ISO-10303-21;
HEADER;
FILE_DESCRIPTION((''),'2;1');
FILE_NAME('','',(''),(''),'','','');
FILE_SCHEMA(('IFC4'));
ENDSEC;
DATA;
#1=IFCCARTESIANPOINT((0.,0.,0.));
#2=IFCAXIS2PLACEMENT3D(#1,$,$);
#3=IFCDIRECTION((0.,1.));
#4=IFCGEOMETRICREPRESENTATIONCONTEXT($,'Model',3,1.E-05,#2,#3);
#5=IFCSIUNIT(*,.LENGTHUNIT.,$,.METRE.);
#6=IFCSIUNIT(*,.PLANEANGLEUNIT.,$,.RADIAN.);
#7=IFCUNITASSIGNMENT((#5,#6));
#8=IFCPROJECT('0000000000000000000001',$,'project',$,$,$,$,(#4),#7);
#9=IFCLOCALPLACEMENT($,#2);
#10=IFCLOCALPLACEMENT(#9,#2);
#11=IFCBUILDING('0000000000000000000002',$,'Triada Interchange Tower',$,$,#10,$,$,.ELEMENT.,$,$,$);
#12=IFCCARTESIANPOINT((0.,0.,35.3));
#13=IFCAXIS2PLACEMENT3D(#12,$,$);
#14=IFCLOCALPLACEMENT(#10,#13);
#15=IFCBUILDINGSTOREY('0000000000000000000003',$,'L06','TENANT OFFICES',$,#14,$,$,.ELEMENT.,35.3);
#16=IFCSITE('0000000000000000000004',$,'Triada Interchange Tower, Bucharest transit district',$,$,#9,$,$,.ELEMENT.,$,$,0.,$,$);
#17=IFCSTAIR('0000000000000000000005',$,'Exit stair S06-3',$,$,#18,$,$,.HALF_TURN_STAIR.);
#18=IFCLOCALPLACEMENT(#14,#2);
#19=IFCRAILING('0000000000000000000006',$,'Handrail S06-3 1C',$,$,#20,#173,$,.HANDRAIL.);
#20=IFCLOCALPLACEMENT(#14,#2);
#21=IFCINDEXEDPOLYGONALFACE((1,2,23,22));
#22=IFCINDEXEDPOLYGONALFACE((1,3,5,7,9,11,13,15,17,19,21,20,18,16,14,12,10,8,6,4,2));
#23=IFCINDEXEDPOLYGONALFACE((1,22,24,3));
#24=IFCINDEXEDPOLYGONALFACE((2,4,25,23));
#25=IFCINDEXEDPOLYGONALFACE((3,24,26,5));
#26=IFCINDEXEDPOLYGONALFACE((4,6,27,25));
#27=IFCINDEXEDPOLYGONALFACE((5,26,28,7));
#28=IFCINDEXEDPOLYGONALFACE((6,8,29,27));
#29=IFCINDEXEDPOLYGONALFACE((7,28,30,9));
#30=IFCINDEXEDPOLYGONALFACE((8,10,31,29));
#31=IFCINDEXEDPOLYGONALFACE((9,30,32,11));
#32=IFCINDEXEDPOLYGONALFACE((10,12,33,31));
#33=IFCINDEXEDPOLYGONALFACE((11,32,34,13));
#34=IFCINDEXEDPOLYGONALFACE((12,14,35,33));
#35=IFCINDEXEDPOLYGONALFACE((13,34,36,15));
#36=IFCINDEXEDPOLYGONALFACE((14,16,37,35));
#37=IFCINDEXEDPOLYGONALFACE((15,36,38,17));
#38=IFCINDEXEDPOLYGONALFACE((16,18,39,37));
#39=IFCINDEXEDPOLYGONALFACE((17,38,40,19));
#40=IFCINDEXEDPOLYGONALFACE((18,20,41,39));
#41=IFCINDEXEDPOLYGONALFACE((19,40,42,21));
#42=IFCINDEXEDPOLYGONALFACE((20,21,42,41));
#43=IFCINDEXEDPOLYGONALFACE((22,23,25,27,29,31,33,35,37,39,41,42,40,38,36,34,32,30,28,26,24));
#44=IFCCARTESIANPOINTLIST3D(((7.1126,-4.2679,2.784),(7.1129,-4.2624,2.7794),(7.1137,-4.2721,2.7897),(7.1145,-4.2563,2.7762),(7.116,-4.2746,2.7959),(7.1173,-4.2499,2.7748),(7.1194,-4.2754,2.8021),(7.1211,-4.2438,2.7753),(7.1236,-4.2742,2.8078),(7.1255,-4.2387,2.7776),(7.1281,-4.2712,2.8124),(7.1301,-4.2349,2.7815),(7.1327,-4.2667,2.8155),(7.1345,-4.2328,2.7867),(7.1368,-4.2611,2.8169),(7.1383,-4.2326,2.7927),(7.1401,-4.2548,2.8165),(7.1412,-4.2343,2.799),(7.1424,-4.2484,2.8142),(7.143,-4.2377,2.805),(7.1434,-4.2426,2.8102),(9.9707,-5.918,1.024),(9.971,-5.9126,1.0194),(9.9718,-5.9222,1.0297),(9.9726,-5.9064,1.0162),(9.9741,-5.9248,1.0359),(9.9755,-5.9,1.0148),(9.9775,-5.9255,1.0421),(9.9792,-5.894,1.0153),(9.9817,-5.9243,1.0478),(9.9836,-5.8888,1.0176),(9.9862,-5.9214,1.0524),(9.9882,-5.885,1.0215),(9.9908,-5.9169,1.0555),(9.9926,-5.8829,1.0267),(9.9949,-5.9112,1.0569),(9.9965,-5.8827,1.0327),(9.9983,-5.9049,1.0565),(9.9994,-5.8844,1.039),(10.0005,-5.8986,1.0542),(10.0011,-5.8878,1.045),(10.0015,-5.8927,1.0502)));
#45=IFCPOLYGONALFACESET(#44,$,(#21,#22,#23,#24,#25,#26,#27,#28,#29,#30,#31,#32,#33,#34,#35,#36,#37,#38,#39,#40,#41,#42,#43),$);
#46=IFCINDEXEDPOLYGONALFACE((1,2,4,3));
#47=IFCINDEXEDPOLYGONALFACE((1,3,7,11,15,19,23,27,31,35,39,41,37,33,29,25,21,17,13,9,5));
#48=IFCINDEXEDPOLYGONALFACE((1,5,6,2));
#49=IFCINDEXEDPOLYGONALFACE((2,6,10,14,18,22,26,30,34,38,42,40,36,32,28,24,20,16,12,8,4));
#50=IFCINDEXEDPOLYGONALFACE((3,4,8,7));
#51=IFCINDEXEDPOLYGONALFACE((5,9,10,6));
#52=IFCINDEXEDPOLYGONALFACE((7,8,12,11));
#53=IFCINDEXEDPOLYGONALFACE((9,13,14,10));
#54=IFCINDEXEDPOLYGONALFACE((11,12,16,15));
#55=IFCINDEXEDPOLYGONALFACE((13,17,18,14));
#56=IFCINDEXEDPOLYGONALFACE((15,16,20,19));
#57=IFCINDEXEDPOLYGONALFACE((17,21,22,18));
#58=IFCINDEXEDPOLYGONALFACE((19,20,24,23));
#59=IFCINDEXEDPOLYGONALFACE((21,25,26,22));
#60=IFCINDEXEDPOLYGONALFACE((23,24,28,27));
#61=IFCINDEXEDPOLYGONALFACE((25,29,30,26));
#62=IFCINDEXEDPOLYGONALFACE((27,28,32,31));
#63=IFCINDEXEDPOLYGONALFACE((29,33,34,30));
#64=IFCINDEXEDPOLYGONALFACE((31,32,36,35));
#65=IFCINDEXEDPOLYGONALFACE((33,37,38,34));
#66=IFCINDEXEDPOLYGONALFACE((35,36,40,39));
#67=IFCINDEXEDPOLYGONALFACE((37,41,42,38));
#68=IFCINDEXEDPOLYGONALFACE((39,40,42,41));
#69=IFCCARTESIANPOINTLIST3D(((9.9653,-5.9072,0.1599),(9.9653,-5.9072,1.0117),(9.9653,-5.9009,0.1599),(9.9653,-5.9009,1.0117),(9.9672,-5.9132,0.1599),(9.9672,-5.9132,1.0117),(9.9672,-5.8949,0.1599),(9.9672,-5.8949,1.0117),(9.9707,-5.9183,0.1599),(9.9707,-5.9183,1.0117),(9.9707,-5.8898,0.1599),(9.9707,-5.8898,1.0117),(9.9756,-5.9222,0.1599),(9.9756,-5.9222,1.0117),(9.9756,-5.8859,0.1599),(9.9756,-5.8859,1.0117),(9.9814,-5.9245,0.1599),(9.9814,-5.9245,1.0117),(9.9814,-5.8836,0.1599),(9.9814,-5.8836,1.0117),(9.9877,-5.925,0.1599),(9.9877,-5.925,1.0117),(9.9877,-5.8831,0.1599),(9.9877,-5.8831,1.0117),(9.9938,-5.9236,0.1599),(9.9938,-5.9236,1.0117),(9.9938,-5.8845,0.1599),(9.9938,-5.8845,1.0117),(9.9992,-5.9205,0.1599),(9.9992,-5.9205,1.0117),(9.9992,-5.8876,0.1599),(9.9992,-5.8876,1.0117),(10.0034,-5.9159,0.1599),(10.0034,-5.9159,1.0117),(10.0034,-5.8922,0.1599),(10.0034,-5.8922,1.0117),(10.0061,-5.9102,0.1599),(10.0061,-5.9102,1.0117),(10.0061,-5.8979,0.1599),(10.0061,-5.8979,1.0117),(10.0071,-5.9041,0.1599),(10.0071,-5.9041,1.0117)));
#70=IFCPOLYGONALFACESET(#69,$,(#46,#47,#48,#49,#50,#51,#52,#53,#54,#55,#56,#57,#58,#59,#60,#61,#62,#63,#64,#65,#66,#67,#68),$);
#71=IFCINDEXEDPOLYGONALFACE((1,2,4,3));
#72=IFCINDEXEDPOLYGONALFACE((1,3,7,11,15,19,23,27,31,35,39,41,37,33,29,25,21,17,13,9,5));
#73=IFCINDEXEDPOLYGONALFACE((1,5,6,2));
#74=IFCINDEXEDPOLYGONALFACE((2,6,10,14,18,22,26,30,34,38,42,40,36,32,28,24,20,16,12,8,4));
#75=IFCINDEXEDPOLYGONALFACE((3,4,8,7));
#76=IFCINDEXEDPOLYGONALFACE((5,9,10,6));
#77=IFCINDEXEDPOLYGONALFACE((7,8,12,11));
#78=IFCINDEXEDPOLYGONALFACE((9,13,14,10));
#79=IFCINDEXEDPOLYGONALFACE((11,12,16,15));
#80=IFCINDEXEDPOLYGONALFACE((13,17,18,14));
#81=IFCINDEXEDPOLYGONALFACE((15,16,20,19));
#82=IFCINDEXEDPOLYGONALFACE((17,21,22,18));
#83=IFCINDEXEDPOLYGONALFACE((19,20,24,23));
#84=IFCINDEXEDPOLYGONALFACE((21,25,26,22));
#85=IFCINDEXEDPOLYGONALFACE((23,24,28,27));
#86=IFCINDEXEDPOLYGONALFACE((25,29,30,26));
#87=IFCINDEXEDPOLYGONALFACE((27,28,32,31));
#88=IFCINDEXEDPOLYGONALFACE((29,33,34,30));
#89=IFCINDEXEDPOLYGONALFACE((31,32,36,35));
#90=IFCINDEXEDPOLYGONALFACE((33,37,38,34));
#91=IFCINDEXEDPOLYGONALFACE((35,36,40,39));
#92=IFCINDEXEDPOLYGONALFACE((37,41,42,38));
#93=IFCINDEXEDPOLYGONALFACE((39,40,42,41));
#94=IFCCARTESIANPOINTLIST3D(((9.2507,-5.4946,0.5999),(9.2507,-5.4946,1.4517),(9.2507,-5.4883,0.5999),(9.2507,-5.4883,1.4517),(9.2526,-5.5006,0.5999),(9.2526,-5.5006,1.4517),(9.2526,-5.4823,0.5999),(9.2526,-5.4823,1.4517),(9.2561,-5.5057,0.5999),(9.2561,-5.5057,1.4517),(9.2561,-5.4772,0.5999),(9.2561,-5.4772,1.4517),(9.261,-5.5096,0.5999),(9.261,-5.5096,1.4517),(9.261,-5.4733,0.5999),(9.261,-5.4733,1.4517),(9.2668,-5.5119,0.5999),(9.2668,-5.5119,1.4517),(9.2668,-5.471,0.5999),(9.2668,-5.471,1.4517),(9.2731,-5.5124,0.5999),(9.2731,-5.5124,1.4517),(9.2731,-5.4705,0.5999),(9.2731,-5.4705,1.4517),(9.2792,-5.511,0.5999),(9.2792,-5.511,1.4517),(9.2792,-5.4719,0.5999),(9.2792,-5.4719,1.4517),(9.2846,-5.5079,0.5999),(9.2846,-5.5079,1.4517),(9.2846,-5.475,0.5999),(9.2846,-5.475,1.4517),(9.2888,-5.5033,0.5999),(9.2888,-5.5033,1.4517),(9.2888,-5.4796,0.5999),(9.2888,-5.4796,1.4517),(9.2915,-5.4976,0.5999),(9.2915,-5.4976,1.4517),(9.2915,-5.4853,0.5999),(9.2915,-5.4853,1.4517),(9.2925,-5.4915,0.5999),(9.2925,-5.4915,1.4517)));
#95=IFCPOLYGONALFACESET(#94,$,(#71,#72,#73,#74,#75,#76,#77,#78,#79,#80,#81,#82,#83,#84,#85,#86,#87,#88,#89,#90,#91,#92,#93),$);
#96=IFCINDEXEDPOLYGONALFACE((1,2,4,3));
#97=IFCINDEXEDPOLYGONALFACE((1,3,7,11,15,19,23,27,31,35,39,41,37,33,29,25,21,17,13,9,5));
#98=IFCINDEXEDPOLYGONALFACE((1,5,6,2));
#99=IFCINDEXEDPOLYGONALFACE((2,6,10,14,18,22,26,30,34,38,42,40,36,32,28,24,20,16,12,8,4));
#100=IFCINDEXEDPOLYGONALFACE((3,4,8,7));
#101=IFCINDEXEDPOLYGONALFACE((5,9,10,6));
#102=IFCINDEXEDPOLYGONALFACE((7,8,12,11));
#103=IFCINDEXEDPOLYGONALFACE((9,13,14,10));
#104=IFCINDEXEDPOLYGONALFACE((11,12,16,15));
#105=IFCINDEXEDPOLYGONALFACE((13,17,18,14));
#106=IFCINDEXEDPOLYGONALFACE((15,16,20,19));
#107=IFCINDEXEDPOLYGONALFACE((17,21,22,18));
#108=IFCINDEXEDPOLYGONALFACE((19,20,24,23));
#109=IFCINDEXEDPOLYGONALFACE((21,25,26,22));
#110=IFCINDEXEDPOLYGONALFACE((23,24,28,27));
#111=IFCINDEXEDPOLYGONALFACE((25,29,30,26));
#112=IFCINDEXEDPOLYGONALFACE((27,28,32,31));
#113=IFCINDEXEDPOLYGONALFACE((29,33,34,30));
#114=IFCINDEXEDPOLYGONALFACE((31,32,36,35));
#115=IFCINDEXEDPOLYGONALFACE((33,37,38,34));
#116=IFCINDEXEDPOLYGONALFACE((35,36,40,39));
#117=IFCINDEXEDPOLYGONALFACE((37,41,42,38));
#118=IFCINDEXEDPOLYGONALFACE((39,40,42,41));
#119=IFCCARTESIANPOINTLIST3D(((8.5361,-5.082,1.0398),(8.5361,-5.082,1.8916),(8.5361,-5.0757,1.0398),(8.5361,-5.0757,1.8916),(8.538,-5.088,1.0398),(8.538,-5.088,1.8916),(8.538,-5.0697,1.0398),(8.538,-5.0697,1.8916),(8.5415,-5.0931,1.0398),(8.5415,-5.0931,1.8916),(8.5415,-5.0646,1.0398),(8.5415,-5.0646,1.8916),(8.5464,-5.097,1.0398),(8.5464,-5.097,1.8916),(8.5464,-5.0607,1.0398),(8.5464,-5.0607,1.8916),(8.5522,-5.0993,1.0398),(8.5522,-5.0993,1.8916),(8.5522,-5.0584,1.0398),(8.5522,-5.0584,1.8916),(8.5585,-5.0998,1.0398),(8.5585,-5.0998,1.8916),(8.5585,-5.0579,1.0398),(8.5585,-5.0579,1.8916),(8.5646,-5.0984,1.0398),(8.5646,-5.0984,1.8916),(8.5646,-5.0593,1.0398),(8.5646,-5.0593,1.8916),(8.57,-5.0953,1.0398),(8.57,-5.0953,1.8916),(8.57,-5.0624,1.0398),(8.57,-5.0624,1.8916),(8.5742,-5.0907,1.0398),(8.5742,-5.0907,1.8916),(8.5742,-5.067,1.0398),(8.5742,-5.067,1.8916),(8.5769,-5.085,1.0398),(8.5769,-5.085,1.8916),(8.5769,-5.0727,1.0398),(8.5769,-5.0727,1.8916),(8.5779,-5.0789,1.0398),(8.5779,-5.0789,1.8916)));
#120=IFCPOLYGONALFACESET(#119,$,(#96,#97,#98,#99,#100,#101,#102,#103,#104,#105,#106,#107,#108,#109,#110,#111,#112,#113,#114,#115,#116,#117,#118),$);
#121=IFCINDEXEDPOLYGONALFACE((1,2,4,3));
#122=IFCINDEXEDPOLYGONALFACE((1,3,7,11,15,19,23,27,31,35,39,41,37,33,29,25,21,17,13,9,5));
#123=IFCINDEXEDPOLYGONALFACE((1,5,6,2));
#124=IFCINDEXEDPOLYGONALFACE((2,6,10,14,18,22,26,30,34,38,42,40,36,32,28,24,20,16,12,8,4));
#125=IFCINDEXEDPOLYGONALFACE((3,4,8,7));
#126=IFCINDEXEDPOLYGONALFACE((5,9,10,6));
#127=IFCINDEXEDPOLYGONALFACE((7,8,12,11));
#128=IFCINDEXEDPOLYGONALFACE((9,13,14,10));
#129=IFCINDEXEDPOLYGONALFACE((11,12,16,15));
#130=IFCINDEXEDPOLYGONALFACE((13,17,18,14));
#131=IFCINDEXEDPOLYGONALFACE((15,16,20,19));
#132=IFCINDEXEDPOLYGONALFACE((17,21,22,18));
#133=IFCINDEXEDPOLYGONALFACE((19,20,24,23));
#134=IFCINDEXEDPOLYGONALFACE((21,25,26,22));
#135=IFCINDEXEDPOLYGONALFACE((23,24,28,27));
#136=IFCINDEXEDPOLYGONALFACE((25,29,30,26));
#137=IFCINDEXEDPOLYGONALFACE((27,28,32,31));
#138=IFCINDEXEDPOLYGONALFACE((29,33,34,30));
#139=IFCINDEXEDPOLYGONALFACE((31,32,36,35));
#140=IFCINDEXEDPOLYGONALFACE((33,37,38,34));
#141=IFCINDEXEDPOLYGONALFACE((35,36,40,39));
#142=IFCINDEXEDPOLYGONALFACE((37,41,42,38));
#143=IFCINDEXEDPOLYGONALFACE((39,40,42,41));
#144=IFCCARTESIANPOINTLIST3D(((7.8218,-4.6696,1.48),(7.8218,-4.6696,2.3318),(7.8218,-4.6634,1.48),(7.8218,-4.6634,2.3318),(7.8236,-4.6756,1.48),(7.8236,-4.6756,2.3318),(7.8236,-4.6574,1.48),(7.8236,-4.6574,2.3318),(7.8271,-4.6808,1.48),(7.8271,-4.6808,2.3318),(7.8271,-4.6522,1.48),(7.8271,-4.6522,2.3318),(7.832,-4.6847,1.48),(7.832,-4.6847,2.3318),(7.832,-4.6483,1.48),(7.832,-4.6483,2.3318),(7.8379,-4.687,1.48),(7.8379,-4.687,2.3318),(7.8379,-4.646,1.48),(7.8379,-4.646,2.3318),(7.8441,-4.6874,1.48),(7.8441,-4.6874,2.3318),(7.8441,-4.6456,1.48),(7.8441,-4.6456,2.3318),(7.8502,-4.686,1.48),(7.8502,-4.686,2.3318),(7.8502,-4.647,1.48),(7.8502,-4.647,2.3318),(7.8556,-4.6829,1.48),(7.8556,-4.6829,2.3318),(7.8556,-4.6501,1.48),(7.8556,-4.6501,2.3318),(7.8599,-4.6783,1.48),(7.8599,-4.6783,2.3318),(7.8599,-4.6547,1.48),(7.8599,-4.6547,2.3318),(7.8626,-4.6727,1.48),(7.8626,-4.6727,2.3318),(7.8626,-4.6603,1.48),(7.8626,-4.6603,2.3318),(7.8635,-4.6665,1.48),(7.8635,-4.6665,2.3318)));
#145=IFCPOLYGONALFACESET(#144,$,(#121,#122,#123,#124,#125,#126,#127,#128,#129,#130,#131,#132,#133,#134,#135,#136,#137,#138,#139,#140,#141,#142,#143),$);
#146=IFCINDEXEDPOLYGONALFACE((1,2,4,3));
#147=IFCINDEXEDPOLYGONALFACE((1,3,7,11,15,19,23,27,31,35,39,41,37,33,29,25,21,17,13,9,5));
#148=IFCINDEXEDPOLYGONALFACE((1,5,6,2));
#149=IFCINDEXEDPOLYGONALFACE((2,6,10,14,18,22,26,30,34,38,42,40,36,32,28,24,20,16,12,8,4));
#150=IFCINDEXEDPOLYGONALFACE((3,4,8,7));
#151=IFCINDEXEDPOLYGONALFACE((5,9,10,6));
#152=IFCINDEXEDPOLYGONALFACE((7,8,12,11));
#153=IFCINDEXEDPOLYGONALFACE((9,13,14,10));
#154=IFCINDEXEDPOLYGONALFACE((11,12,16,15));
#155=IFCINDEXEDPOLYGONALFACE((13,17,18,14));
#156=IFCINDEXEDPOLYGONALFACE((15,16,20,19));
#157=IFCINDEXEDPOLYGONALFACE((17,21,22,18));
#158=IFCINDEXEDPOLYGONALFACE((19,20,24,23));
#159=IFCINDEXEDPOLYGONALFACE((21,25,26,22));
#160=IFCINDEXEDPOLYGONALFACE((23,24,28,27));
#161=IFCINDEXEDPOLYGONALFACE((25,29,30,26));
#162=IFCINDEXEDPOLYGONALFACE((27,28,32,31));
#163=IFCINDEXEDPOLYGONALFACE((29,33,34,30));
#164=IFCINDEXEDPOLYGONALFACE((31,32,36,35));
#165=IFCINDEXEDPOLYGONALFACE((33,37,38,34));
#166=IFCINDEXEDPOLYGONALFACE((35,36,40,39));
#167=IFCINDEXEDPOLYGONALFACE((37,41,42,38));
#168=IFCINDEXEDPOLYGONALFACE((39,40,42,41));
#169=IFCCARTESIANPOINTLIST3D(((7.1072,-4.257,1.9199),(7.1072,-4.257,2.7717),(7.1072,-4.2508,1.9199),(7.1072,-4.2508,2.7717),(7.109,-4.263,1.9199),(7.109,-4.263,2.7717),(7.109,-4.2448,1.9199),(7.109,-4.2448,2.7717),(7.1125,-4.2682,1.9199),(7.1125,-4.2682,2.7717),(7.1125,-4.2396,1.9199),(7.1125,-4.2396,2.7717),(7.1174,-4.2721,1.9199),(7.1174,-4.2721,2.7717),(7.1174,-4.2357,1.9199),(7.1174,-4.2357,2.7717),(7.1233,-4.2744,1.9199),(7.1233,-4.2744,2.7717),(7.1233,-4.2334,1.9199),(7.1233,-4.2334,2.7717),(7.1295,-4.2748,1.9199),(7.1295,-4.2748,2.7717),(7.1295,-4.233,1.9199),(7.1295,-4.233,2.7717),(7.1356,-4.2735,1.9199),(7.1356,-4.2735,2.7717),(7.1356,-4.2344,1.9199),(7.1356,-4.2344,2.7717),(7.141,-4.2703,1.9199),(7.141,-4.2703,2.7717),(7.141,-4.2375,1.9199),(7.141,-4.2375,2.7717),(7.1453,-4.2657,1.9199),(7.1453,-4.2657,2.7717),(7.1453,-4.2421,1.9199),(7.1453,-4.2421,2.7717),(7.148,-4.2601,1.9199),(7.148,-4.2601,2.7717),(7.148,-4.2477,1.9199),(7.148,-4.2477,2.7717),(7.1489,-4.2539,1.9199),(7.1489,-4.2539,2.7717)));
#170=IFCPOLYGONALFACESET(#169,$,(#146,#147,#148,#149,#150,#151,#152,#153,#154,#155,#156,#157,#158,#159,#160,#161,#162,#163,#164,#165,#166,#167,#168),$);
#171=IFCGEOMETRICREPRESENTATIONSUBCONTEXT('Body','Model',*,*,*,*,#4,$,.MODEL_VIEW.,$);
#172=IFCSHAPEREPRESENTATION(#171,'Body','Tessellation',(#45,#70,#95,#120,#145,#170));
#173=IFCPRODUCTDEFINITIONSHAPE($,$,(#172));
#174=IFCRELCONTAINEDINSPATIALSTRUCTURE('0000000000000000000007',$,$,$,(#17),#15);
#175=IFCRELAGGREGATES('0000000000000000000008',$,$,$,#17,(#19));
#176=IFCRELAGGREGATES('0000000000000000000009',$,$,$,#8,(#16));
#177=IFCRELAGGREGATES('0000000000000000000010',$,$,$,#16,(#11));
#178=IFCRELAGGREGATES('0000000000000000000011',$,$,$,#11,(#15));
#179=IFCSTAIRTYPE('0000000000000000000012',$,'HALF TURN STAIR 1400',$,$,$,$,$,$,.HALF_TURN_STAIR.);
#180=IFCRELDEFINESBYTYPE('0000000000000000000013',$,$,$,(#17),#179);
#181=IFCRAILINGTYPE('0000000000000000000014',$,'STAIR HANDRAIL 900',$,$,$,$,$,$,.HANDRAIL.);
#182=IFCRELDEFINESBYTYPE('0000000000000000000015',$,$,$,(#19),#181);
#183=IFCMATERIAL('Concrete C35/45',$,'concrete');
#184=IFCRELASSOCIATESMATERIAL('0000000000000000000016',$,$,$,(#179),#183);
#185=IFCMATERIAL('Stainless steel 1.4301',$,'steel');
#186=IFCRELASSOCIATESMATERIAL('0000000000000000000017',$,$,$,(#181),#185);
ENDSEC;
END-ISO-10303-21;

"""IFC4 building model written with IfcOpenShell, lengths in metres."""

from ifc_helpers import new_model, si_unit, direction, frame, origin, origin_2d, place, context, subcontext, project, spatial, circle, extrude, material, type_object, element, aggregate, save


model = new_model("IFC4")

# Units and contexts
model_context = context("Model", 3, precision=1e-05, world=origin(), true_north=direction((0.0, 1.0)))
body_context = subcontext(model_context, "Body", "Model", "MODEL_VIEW")
ifc_project = project(units=[si_unit("LENGTHUNIT", "METRE"), si_unit("PLANEANGLEUNIT", "RADIAN")], contexts=[model_context])

# Site, building, storey
site_placement = place(None, origin())
site = spatial("IfcSite", under=ifc_project, at=site_placement, Name="Triada Interchange Tower, Bucharest transit district", CompositionType="ELEMENT", RefElevation=0.0)
building_placement = place(site_placement, origin())
building = spatial("IfcBuilding", under=site, at=building_placement, Name="Triada Interchange Tower", CompositionType="ELEMENT")
storey_placement = place(building_placement, frame((0.0, 0.0, 35.3)))
storey = spatial("IfcBuildingStorey", under=building, at=storey_placement, Name="L06", Description="TENANT OFFICES", CompositionType="ELEMENT", Elevation=35.3)

# Stair, railing
ifc_material_1 = material(Name="Concrete C35/45", Category="concrete")
stair_type = type_object("IfcStairType", Name="HALF TURN STAIR 1400", PredefinedType="HALF_TURN_STAIR", material=ifc_material_1)
stair_placement = place(storey_placement, origin())
stair = element("IfcStair", 1, at=stair_placement, inside=storey, type_object=stair_type, Name="Exit stair S06-3", PredefinedType="HALF_TURN_STAIR")
ifc_material_2 = material(Name="Stainless steel 1.4301", Category="steel")
railing_type = type_object("IfcRailingType", Name="STAIR HANDRAIL 900", PredefinedType="HANDRAIL", material=ifc_material_2)
railing_1_placement = place(storey_placement, frame((9.9861, -5.9041, 0.1599)))
railing_1 = element("IfcRailing", 2, at=railing_1_placement, type_object=railing_type, Name="Handrail S06-3 1C", PredefinedType="HANDRAIL", context=body_context, shape_type="SweptSolid", body=[
    extrude(circle(Radius=0.0239, at=origin_2d()), frame((0.0, 0.0, 0.876), z_axis=(-0.764156, 0.441183, 0.470556), x_axis=(-0.499998, -0.866027, 0.0)), (0.0, 0.0, 1.0), 3.7402),
    extrude(circle(Radius=0.021, at=origin_2d()), origin(), (0.0, 0.0, 1.0), 0.8518),
    extrude(circle(Radius=0.021, at=origin_2d()), frame((-0.7146, 0.4126, 0.4399)), (0.0, 0.0, 1.0), 0.8518),
    extrude(circle(Radius=0.021, at=origin_2d()), frame((-1.4292, 0.8252, 0.8799)), (0.0, 0.0, 1.0), 0.8518),
    extrude(circle(Radius=0.021, at=origin_2d()), frame((-2.1436, 1.2375, 1.3201)), (0.0, 0.0, 1.0), 0.8518),
    extrude(circle(Radius=0.021, at=origin_2d()), frame((-2.8582, 1.6501, 1.76)), (0.0, 0.0, 1.0), 0.8518),
])
aggregate(stair, [railing_1])

save(model, "model.ifc")
